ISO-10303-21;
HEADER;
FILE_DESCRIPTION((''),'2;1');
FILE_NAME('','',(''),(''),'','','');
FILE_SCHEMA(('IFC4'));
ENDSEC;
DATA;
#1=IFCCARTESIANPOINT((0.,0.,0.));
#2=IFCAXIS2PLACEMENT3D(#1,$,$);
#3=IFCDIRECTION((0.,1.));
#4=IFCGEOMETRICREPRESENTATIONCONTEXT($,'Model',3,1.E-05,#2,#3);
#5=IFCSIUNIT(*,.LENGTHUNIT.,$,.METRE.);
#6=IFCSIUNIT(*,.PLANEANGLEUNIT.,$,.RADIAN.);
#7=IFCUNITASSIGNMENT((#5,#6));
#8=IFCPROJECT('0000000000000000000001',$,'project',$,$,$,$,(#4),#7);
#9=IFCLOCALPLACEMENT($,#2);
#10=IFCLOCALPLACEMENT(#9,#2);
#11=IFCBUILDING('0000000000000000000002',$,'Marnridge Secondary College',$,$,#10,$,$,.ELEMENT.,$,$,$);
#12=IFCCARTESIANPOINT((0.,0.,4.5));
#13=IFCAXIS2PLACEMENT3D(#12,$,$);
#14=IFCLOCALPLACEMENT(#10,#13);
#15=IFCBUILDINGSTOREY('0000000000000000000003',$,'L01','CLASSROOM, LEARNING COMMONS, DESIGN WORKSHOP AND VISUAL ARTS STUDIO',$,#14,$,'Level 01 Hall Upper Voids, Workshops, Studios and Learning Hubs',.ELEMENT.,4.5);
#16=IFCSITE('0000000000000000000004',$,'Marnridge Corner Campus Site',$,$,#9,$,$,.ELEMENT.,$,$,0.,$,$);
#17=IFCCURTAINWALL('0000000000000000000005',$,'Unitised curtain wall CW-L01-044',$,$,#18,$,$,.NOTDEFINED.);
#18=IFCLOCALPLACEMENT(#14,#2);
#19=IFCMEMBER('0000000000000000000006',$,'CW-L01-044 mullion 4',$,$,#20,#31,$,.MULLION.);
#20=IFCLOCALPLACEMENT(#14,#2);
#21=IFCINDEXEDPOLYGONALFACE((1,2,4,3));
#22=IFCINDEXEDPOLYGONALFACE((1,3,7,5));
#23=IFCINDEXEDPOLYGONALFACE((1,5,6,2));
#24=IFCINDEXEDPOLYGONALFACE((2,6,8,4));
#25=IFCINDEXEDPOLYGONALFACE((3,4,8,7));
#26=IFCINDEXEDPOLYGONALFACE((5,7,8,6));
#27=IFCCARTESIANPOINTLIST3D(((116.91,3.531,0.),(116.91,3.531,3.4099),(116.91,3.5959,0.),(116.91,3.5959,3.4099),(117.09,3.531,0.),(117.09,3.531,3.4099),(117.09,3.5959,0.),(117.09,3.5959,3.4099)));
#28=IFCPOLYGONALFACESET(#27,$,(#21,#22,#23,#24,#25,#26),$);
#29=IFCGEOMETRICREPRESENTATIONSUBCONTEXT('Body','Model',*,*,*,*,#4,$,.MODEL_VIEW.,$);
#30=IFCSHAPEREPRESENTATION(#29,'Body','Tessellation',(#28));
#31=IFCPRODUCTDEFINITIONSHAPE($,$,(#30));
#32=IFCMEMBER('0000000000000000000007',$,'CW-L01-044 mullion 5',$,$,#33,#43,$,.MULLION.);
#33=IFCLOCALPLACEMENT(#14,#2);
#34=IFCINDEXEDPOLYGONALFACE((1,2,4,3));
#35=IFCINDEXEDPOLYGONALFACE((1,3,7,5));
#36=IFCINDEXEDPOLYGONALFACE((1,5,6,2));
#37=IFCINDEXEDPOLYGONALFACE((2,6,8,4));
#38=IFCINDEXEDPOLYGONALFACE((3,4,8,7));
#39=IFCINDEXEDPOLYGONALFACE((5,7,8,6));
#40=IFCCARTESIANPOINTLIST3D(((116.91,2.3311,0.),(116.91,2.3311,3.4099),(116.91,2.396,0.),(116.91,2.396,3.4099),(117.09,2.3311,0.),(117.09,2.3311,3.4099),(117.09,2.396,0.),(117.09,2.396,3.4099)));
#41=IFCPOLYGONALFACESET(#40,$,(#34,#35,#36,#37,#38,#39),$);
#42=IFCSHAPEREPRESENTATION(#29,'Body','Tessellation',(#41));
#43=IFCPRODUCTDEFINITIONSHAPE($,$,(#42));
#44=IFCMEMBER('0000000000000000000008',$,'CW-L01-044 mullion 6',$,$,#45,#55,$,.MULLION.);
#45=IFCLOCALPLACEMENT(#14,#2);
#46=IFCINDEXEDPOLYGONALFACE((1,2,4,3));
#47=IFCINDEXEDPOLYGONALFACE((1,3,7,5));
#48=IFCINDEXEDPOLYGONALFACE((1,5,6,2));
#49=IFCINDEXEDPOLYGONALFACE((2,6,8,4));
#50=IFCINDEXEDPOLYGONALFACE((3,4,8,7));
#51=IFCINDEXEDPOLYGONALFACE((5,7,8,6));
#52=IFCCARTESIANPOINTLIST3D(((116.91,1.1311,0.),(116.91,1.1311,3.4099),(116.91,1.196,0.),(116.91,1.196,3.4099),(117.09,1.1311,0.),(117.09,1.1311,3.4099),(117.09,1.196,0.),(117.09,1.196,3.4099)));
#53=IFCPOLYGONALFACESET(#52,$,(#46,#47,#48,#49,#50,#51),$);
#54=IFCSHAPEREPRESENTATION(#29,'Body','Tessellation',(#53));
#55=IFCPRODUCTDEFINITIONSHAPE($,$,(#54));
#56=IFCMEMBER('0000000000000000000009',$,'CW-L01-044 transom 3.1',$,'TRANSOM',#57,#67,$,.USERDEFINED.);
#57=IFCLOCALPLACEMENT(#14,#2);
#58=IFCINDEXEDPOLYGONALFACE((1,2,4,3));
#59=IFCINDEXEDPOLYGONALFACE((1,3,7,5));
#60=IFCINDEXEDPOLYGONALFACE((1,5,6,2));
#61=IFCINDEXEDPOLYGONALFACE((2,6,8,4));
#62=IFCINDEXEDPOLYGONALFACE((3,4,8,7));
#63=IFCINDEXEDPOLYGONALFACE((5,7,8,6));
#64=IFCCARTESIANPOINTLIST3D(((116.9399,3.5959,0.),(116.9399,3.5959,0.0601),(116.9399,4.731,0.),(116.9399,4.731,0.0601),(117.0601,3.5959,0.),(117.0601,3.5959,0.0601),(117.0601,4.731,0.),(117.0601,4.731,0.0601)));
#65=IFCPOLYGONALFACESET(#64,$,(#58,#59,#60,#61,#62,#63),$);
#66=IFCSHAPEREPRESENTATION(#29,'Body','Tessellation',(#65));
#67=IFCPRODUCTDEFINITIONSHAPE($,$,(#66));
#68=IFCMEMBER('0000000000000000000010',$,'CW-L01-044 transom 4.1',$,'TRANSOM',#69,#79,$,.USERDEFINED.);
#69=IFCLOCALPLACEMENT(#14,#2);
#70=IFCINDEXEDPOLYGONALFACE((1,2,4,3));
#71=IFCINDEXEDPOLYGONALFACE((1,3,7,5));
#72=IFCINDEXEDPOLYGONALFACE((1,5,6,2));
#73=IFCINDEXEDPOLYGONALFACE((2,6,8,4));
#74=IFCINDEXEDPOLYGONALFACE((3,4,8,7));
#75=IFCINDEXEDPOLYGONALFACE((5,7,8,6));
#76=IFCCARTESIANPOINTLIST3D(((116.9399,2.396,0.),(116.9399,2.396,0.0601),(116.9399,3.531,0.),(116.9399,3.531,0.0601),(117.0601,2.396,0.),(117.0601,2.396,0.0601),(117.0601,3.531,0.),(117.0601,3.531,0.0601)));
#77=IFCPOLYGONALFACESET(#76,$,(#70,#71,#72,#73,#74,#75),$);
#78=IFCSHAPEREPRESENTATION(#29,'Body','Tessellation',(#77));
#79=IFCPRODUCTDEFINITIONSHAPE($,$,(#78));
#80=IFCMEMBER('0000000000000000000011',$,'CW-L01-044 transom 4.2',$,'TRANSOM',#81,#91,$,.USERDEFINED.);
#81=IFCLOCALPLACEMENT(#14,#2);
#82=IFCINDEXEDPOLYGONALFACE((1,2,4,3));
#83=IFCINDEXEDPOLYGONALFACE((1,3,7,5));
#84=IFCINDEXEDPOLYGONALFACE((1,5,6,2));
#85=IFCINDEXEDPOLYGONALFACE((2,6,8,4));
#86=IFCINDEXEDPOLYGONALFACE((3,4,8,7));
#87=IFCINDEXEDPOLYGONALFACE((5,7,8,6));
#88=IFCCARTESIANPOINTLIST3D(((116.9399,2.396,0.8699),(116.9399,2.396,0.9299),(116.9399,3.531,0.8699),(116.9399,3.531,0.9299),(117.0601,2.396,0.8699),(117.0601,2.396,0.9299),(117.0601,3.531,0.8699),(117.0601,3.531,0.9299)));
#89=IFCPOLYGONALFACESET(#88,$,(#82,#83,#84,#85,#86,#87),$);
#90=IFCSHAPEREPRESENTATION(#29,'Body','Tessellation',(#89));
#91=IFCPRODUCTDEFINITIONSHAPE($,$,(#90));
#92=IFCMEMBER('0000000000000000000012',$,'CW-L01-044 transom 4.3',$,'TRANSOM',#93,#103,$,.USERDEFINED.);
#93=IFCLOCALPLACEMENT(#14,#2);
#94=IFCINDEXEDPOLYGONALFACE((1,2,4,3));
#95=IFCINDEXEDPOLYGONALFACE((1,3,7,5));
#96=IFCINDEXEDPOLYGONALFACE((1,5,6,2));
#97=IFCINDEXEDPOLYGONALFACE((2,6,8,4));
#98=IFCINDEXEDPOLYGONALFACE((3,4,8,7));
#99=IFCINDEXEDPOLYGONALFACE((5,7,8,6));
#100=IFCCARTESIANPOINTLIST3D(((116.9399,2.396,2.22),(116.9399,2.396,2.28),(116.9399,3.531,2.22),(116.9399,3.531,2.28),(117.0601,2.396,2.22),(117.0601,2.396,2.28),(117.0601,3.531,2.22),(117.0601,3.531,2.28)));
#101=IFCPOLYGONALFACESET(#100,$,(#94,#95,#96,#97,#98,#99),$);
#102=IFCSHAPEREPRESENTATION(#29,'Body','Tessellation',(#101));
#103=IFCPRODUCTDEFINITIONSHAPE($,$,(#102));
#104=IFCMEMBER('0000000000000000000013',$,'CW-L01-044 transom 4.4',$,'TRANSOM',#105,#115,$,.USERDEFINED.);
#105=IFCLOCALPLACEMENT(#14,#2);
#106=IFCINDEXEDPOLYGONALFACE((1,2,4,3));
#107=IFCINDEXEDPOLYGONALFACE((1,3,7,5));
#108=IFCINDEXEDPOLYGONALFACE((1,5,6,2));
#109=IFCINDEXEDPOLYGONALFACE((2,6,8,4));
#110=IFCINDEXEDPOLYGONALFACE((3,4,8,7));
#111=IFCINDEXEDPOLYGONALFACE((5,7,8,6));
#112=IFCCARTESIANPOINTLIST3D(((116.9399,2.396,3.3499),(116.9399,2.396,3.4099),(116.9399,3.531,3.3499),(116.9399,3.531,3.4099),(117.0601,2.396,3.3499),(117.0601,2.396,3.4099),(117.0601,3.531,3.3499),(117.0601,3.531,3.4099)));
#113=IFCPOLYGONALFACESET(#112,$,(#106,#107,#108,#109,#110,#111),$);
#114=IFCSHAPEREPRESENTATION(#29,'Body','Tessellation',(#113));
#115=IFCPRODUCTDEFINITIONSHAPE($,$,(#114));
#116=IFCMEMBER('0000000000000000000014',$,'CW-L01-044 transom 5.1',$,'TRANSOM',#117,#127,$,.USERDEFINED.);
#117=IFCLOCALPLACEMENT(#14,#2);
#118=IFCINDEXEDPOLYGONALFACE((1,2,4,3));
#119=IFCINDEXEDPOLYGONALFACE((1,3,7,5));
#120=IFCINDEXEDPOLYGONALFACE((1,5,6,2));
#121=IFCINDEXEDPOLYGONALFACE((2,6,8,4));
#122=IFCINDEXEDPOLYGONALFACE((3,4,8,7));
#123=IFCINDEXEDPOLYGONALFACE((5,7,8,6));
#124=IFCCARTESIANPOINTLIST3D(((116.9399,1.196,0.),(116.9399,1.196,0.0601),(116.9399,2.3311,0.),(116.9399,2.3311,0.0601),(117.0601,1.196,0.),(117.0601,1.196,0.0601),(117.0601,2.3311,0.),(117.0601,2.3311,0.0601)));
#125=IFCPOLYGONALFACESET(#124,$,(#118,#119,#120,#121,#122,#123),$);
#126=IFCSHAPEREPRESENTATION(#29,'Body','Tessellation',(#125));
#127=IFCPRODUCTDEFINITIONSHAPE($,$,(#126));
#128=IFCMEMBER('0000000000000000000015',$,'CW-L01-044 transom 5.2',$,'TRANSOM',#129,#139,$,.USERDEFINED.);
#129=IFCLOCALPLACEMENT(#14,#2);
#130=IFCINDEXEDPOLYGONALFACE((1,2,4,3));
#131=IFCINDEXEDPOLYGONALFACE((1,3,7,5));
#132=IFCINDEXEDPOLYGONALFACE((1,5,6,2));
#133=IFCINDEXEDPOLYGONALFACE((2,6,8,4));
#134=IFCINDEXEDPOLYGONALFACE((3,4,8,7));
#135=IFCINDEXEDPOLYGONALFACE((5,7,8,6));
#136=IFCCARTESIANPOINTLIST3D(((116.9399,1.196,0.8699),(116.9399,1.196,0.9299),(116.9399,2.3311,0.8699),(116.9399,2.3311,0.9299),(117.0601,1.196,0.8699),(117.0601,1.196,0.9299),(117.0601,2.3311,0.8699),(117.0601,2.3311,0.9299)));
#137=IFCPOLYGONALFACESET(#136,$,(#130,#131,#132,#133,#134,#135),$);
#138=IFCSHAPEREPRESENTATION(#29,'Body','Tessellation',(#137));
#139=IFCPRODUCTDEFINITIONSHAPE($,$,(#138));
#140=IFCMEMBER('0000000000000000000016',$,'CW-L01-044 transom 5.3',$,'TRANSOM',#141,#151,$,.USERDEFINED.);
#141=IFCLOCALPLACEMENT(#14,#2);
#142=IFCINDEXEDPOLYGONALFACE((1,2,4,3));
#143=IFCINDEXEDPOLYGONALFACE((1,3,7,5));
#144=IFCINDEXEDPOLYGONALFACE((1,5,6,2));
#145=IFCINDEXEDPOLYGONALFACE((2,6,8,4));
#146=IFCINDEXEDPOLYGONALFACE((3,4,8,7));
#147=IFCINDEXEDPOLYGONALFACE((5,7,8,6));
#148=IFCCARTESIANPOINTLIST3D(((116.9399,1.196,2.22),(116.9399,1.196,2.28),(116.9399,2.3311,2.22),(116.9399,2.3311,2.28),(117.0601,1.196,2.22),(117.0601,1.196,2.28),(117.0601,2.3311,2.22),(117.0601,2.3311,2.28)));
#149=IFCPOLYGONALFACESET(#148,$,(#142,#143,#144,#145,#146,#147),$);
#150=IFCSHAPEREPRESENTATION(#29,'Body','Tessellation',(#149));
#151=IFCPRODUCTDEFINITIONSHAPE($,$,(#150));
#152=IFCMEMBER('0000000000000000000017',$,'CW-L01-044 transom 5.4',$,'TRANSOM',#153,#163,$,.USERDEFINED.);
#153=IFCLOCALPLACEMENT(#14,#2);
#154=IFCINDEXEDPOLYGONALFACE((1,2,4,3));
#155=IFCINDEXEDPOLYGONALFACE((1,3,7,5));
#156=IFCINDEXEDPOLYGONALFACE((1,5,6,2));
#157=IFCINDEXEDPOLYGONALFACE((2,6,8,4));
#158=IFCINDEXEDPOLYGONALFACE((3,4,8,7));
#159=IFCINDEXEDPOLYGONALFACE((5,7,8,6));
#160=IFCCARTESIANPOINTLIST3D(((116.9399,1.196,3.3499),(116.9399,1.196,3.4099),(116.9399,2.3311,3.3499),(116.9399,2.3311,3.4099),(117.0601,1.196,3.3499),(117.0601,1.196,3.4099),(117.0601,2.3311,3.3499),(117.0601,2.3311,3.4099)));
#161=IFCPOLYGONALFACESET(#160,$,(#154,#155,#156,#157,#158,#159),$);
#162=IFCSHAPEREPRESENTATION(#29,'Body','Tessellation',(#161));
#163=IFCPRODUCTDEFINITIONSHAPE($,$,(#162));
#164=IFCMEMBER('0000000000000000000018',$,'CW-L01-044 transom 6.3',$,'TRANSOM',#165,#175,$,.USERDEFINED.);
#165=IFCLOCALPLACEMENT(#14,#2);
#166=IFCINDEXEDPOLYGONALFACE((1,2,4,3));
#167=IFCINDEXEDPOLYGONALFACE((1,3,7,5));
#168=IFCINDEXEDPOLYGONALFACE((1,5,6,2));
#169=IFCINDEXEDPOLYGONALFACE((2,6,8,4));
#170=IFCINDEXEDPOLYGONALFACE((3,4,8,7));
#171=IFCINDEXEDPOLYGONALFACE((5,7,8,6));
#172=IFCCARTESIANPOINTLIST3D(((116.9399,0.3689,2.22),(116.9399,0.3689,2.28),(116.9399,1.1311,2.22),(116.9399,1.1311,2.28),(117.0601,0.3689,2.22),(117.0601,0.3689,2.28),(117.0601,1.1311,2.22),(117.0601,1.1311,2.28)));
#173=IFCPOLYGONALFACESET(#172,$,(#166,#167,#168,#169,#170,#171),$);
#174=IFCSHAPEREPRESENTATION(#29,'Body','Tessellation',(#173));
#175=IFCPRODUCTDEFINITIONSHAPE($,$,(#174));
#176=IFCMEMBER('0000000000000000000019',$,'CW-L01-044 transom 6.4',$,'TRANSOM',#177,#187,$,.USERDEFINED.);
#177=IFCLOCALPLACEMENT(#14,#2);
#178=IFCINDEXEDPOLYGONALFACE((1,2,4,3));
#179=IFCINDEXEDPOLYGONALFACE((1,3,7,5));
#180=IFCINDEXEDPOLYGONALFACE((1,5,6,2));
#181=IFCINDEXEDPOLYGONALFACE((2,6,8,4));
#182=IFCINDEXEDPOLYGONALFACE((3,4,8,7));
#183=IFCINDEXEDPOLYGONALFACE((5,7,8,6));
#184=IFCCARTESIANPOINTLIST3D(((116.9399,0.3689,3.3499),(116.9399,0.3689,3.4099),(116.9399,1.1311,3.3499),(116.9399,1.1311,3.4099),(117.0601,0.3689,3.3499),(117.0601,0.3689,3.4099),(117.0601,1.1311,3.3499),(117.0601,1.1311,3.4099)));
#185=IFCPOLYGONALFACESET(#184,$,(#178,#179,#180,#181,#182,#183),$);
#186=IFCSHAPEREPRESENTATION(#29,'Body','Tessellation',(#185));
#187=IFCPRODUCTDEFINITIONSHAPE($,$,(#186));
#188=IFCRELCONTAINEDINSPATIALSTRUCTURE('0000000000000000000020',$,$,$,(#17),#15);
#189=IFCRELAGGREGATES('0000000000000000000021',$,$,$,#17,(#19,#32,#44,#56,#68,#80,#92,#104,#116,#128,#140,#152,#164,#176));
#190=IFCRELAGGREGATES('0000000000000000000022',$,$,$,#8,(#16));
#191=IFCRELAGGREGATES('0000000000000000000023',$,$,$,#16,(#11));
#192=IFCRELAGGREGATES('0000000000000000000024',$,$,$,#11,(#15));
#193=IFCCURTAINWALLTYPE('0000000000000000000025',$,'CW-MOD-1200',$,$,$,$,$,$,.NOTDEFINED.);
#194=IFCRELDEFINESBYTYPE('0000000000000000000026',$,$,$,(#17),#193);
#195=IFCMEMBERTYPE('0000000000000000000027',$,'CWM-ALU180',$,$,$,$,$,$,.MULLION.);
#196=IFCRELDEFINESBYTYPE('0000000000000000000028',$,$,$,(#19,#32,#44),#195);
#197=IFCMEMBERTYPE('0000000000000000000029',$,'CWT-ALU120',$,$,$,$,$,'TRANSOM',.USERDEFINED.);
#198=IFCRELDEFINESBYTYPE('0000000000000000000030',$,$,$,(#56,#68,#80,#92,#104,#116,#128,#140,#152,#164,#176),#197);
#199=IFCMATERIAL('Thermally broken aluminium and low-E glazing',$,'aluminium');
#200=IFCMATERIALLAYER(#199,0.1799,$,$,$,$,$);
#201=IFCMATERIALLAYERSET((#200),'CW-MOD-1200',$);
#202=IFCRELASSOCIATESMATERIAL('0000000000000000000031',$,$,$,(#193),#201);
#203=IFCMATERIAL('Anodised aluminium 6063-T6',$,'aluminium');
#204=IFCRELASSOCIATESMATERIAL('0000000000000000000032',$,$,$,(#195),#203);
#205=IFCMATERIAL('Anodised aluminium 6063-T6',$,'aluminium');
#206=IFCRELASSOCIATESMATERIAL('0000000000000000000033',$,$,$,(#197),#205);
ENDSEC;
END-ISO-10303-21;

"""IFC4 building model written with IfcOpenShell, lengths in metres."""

from ifc_helpers import new_model, si_unit, direction, frame, origin, origin_2d, place, context, subcontext, project, spatial, rectangle, extrude, material, layer, layer_set, material_profile, profile_set, type_object, element, aggregate, save


model = new_model("IFC4")

# Units and contexts
model_context = context("Model", 3, precision=1e-05, world=origin(), true_north=direction((0.0, 1.0)))
body_context = subcontext(model_context, "Body", "Model", "MODEL_VIEW")
ifc_project = project(units=[si_unit("LENGTHUNIT", "METRE"), si_unit("PLANEANGLEUNIT", "RADIAN")], contexts=[model_context])

# Site, building, storey
site_placement = place(None, origin())
site = spatial("IfcSite", under=ifc_project, at=site_placement, Name="Marnridge Corner Campus Site", CompositionType="ELEMENT", RefElevation=0.0)
building_placement = place(site_placement, origin())
building = spatial("IfcBuilding", under=site, at=building_placement, Name="Marnridge Secondary College", CompositionType="ELEMENT")
storey_placement = place(building_placement, frame((0.0, 0.0, 4.5)))
storey = spatial("IfcBuildingStorey", under=building, at=storey_placement, Name="L01", Description="CLASSROOM, LEARNING COMMONS, DESIGN WORKSHOP AND VISUAL ARTS STUDIO", LongName="Level 01 Hall Upper Voids, Workshops, Studios and Learning Hubs", CompositionType="ELEMENT", Elevation=4.5)

# Curtain wall, members
ifc_material_1 = material(Name="Thermally broken aluminium and low-E glazing", Category="aluminium")
ifc_layer_1 = layer(ifc_material_1, 0.1799)
ifc_layer_set_1 = layer_set([ifc_layer_1], Name="CW-MOD-1200")
curtain_wall_type = type_object("IfcCurtainWallType", Name="CW-MOD-1200", PredefinedType="NOTDEFINED", material=ifc_layer_set_1)
curtain_wall_placement = place(storey_placement, origin())
curtain_wall = element("IfcCurtainWall", 1, at=curtain_wall_placement, inside=storey, type_object=curtain_wall_type, Name="Unitised curtain wall CW-L01-044", PredefinedType="NOTDEFINED")
ifc_material_2 = material(Name="Anodised aluminium 6063-T6", Category="aluminium")
ifc_material_profile_1 = material_profile(ifc_material_2, rectangle(XDim=0.0649, YDim=0.1799, at=origin_2d()), Name="ALU 65x180")
ifc_profile_set_1 = profile_set([ifc_material_profile_1], Name="Anodised aluminium 6063-T6")
member_type_1 = type_object("IfcMemberType", Name="CWM-ALU180", PredefinedType="MULLION", material=ifc_profile_set_1)
member_1_placement = place(storey_placement, frame((117.0, 3.5635, 0.0), z_axis=(0.0, 0.0, 1.0), x_axis=(0.0, -1.0, 0.0)))
member_1 = element("IfcMember", 2, at=member_1_placement, type_object=member_type_1, Name="CW-L01-044 mullion 4", PredefinedType="MULLION", context=body_context, shape_type="SweptSolid", body=[
    extrude(rectangle(XDim=0.0649, YDim=0.1799, at=origin_2d()), origin(), (0.0, 0.0, 1.0), 3.4099),
])
member_2_placement = place(storey_placement, frame((117.0, 2.3635, 0.0), z_axis=(0.0, 0.0, 1.0), x_axis=(0.0, -1.0, 0.0)))
member_2 = element("IfcMember", 3, at=member_2_placement, type_object=member_type_1, Name="CW-L01-044 mullion 5", PredefinedType="MULLION", context=body_context, shape_type="SweptSolid", body=[
    extrude(rectangle(XDim=0.0649, YDim=0.1799, at=origin_2d()), origin(), (0.0, 0.0, 1.0), 3.4099),
])
member_3_placement = place(storey_placement, frame((117.0, 1.1636, 0.0), z_axis=(0.0, 0.0, 1.0), x_axis=(0.0, -1.0, 0.0)))
member_3 = element("IfcMember", 4, at=member_3_placement, type_object=member_type_1, Name="CW-L01-044 mullion 6", PredefinedType="MULLION", context=body_context, shape_type="SweptSolid", body=[
    extrude(rectangle(XDim=0.0649, YDim=0.1799, at=origin_2d()), origin(), (0.0, 0.0, 1.0), 3.4099),
])
ifc_material_3 = material(Name="Anodised aluminium 6063-T6", Category="aluminium")
ifc_material_profile_2 = material_profile(ifc_material_3, rectangle(XDim=0.0601, YDim=0.1201, at=origin_2d()), Name="ALU 60x120")
ifc_profile_set_2 = profile_set([ifc_material_profile_2], Name="Anodised aluminium 6063-T6")
member_type_2 = type_object("IfcMemberType", Name="CWT-ALU120", ElementType="TRANSOM", PredefinedType="USERDEFINED", material=ifc_profile_set_2)
member_4_placement = place(storey_placement, frame((117.0, 4.731, 0.03), z_axis=(0.0, -1.0, 0.0), x_axis=(0.0, 0.0, 1.0)))
member_4 = element("IfcMember", 5, at=member_4_placement, type_object=member_type_2, Name="CW-L01-044 transom 3.1", ObjectType="TRANSOM", PredefinedType="USERDEFINED", context=body_context, shape_type="SweptSolid", body=[
    extrude(rectangle(XDim=0.0601, YDim=0.1201, at=origin_2d()), origin(), (0.0, 0.0, 1.0), 1.135),
])
member_5_placement = place(storey_placement, frame((117.0, 3.531, 0.03), z_axis=(0.0, -1.0, 0.0), x_axis=(0.0, 0.0, 1.0)))
member_5 = element("IfcMember", 6, at=member_5_placement, type_object=member_type_2, Name="CW-L01-044 transom 4.1", ObjectType="TRANSOM", PredefinedType="USERDEFINED", context=body_context, shape_type="SweptSolid", body=[
    extrude(rectangle(XDim=0.0601, YDim=0.1201, at=origin_2d()), origin(), (0.0, 0.0, 1.0), 1.135),
])
member_6_placement = place(storey_placement, frame((117.0, 3.531, 0.8999), z_axis=(0.0, -1.0, 0.0), x_axis=(0.0, 0.0, 1.0)))
member_6 = element("IfcMember", 7, at=member_6_placement, type_object=member_type_2, Name="CW-L01-044 transom 4.2", ObjectType="TRANSOM", PredefinedType="USERDEFINED", context=body_context, shape_type="SweptSolid", body=[
    extrude(rectangle(XDim=0.0601, YDim=0.1201, at=origin_2d()), origin(), (0.0, 0.0, 1.0), 1.135),
])
member_7_placement = place(storey_placement, frame((117.0, 3.531, 2.25), z_axis=(0.0, -1.0, 0.0), x_axis=(0.0, 0.0, 1.0)))
member_7 = element("IfcMember", 8, at=member_7_placement, type_object=member_type_2, Name="CW-L01-044 transom 4.3", ObjectType="TRANSOM", PredefinedType="USERDEFINED", context=body_context, shape_type="SweptSolid", body=[
    extrude(rectangle(XDim=0.0601, YDim=0.1201, at=origin_2d()), origin(), (0.0, 0.0, 1.0), 1.135),
])
member_8_placement = place(storey_placement, frame((117.0, 3.531, 3.3799), z_axis=(0.0, -1.0, 0.0), x_axis=(0.0, 0.0, 1.0)))
member_8 = element("IfcMember", 9, at=member_8_placement, type_object=member_type_2, Name="CW-L01-044 transom 4.4", ObjectType="TRANSOM", PredefinedType="USERDEFINED", context=body_context, shape_type="SweptSolid", body=[
    extrude(rectangle(XDim=0.0601, YDim=0.1201, at=origin_2d()), origin(), (0.0, 0.0, 1.0), 1.135),
])
member_9_placement = place(storey_placement, frame((117.0, 2.3311, 0.03), z_axis=(0.0, -1.0, 0.0), x_axis=(0.0, 0.0, 1.0)))
member_9 = element("IfcMember", 10, at=member_9_placement, type_object=member_type_2, Name="CW-L01-044 transom 5.1", ObjectType="TRANSOM", PredefinedType="USERDEFINED", context=body_context, shape_type="SweptSolid", body=[
    extrude(rectangle(XDim=0.0601, YDim=0.1201, at=origin_2d()), origin(), (0.0, 0.0, 1.0), 1.135),
])
member_10_placement = place(storey_placement, frame((117.0, 2.3311, 0.8999), z_axis=(0.0, -1.0, 0.0), x_axis=(0.0, 0.0, 1.0)))
member_10 = element("IfcMember", 11, at=member_10_placement, type_object=member_type_2, Name="CW-L01-044 transom 5.2", ObjectType="TRANSOM", PredefinedType="USERDEFINED", context=body_context, shape_type="SweptSolid", body=[
    extrude(rectangle(XDim=0.0601, YDim=0.1201, at=origin_2d()), origin(), (0.0, 0.0, 1.0), 1.135),
])
member_11_placement = place(storey_placement, frame((117.0, 2.3311, 2.25), z_axis=(0.0, -1.0, 0.0), x_axis=(0.0, 0.0, 1.0)))
member_11 = element("IfcMember", 12, at=member_11_placement, type_object=member_type_2, Name="CW-L01-044 transom 5.3", ObjectType="TRANSOM", PredefinedType="USERDEFINED", context=body_context, shape_type="SweptSolid", body=[
    extrude(rectangle(XDim=0.0601, YDim=0.1201, at=origin_2d()), origin(), (0.0, 0.0, 1.0), 1.135),
])
member_12_placement = place(storey_placement, frame((117.0, 2.3311, 3.3799), z_axis=(0.0, -1.0, 0.0), x_axis=(0.0, 0.0, 1.0)))
member_12 = element("IfcMember", 13, at=member_12_placement, type_object=member_type_2, Name="CW-L01-044 transom 5.4", ObjectType="TRANSOM", PredefinedType="USERDEFINED", context=body_context, shape_type="SweptSolid", body=[
    extrude(rectangle(XDim=0.0601, YDim=0.1201, at=origin_2d()), origin(), (0.0, 0.0, 1.0), 1.135),
])
member_13_placement = place(storey_placement, frame((117.0, 1.1311, 2.25), z_axis=(0.0, -1.0, 0.0), x_axis=(0.0, 0.0, 1.0)))
member_13 = element("IfcMember", 14, at=member_13_placement, type_object=member_type_2, Name="CW-L01-044 transom 6.3", ObjectType="TRANSOM", PredefinedType="USERDEFINED", context=body_context, shape_type="SweptSolid", body=[
    extrude(rectangle(XDim=0.0601, YDim=0.1201, at=origin_2d()), origin(), (0.0, 0.0, 1.0), 0.7622),
])
member_14_placement = place(storey_placement, frame((117.0, 1.1311, 3.3799), z_axis=(0.0, -1.0, 0.0), x_axis=(0.0, 0.0, 1.0)))
member_14 = element("IfcMember", 15, at=member_14_placement, type_object=member_type_2, Name="CW-L01-044 transom 6.4", ObjectType="TRANSOM", PredefinedType="USERDEFINED", context=body_context, shape_type="SweptSolid", body=[
    extrude(rectangle(XDim=0.0601, YDim=0.1201, at=origin_2d()), origin(), (0.0, 0.0, 1.0), 0.7622),
])
aggregate(curtain_wall, [member_1, member_2, member_3, member_4, member_5, member_6, member_7, member_8, member_9, member_10, member_11, member_12, member_13, member_14])

save(model, "model.ifc")
